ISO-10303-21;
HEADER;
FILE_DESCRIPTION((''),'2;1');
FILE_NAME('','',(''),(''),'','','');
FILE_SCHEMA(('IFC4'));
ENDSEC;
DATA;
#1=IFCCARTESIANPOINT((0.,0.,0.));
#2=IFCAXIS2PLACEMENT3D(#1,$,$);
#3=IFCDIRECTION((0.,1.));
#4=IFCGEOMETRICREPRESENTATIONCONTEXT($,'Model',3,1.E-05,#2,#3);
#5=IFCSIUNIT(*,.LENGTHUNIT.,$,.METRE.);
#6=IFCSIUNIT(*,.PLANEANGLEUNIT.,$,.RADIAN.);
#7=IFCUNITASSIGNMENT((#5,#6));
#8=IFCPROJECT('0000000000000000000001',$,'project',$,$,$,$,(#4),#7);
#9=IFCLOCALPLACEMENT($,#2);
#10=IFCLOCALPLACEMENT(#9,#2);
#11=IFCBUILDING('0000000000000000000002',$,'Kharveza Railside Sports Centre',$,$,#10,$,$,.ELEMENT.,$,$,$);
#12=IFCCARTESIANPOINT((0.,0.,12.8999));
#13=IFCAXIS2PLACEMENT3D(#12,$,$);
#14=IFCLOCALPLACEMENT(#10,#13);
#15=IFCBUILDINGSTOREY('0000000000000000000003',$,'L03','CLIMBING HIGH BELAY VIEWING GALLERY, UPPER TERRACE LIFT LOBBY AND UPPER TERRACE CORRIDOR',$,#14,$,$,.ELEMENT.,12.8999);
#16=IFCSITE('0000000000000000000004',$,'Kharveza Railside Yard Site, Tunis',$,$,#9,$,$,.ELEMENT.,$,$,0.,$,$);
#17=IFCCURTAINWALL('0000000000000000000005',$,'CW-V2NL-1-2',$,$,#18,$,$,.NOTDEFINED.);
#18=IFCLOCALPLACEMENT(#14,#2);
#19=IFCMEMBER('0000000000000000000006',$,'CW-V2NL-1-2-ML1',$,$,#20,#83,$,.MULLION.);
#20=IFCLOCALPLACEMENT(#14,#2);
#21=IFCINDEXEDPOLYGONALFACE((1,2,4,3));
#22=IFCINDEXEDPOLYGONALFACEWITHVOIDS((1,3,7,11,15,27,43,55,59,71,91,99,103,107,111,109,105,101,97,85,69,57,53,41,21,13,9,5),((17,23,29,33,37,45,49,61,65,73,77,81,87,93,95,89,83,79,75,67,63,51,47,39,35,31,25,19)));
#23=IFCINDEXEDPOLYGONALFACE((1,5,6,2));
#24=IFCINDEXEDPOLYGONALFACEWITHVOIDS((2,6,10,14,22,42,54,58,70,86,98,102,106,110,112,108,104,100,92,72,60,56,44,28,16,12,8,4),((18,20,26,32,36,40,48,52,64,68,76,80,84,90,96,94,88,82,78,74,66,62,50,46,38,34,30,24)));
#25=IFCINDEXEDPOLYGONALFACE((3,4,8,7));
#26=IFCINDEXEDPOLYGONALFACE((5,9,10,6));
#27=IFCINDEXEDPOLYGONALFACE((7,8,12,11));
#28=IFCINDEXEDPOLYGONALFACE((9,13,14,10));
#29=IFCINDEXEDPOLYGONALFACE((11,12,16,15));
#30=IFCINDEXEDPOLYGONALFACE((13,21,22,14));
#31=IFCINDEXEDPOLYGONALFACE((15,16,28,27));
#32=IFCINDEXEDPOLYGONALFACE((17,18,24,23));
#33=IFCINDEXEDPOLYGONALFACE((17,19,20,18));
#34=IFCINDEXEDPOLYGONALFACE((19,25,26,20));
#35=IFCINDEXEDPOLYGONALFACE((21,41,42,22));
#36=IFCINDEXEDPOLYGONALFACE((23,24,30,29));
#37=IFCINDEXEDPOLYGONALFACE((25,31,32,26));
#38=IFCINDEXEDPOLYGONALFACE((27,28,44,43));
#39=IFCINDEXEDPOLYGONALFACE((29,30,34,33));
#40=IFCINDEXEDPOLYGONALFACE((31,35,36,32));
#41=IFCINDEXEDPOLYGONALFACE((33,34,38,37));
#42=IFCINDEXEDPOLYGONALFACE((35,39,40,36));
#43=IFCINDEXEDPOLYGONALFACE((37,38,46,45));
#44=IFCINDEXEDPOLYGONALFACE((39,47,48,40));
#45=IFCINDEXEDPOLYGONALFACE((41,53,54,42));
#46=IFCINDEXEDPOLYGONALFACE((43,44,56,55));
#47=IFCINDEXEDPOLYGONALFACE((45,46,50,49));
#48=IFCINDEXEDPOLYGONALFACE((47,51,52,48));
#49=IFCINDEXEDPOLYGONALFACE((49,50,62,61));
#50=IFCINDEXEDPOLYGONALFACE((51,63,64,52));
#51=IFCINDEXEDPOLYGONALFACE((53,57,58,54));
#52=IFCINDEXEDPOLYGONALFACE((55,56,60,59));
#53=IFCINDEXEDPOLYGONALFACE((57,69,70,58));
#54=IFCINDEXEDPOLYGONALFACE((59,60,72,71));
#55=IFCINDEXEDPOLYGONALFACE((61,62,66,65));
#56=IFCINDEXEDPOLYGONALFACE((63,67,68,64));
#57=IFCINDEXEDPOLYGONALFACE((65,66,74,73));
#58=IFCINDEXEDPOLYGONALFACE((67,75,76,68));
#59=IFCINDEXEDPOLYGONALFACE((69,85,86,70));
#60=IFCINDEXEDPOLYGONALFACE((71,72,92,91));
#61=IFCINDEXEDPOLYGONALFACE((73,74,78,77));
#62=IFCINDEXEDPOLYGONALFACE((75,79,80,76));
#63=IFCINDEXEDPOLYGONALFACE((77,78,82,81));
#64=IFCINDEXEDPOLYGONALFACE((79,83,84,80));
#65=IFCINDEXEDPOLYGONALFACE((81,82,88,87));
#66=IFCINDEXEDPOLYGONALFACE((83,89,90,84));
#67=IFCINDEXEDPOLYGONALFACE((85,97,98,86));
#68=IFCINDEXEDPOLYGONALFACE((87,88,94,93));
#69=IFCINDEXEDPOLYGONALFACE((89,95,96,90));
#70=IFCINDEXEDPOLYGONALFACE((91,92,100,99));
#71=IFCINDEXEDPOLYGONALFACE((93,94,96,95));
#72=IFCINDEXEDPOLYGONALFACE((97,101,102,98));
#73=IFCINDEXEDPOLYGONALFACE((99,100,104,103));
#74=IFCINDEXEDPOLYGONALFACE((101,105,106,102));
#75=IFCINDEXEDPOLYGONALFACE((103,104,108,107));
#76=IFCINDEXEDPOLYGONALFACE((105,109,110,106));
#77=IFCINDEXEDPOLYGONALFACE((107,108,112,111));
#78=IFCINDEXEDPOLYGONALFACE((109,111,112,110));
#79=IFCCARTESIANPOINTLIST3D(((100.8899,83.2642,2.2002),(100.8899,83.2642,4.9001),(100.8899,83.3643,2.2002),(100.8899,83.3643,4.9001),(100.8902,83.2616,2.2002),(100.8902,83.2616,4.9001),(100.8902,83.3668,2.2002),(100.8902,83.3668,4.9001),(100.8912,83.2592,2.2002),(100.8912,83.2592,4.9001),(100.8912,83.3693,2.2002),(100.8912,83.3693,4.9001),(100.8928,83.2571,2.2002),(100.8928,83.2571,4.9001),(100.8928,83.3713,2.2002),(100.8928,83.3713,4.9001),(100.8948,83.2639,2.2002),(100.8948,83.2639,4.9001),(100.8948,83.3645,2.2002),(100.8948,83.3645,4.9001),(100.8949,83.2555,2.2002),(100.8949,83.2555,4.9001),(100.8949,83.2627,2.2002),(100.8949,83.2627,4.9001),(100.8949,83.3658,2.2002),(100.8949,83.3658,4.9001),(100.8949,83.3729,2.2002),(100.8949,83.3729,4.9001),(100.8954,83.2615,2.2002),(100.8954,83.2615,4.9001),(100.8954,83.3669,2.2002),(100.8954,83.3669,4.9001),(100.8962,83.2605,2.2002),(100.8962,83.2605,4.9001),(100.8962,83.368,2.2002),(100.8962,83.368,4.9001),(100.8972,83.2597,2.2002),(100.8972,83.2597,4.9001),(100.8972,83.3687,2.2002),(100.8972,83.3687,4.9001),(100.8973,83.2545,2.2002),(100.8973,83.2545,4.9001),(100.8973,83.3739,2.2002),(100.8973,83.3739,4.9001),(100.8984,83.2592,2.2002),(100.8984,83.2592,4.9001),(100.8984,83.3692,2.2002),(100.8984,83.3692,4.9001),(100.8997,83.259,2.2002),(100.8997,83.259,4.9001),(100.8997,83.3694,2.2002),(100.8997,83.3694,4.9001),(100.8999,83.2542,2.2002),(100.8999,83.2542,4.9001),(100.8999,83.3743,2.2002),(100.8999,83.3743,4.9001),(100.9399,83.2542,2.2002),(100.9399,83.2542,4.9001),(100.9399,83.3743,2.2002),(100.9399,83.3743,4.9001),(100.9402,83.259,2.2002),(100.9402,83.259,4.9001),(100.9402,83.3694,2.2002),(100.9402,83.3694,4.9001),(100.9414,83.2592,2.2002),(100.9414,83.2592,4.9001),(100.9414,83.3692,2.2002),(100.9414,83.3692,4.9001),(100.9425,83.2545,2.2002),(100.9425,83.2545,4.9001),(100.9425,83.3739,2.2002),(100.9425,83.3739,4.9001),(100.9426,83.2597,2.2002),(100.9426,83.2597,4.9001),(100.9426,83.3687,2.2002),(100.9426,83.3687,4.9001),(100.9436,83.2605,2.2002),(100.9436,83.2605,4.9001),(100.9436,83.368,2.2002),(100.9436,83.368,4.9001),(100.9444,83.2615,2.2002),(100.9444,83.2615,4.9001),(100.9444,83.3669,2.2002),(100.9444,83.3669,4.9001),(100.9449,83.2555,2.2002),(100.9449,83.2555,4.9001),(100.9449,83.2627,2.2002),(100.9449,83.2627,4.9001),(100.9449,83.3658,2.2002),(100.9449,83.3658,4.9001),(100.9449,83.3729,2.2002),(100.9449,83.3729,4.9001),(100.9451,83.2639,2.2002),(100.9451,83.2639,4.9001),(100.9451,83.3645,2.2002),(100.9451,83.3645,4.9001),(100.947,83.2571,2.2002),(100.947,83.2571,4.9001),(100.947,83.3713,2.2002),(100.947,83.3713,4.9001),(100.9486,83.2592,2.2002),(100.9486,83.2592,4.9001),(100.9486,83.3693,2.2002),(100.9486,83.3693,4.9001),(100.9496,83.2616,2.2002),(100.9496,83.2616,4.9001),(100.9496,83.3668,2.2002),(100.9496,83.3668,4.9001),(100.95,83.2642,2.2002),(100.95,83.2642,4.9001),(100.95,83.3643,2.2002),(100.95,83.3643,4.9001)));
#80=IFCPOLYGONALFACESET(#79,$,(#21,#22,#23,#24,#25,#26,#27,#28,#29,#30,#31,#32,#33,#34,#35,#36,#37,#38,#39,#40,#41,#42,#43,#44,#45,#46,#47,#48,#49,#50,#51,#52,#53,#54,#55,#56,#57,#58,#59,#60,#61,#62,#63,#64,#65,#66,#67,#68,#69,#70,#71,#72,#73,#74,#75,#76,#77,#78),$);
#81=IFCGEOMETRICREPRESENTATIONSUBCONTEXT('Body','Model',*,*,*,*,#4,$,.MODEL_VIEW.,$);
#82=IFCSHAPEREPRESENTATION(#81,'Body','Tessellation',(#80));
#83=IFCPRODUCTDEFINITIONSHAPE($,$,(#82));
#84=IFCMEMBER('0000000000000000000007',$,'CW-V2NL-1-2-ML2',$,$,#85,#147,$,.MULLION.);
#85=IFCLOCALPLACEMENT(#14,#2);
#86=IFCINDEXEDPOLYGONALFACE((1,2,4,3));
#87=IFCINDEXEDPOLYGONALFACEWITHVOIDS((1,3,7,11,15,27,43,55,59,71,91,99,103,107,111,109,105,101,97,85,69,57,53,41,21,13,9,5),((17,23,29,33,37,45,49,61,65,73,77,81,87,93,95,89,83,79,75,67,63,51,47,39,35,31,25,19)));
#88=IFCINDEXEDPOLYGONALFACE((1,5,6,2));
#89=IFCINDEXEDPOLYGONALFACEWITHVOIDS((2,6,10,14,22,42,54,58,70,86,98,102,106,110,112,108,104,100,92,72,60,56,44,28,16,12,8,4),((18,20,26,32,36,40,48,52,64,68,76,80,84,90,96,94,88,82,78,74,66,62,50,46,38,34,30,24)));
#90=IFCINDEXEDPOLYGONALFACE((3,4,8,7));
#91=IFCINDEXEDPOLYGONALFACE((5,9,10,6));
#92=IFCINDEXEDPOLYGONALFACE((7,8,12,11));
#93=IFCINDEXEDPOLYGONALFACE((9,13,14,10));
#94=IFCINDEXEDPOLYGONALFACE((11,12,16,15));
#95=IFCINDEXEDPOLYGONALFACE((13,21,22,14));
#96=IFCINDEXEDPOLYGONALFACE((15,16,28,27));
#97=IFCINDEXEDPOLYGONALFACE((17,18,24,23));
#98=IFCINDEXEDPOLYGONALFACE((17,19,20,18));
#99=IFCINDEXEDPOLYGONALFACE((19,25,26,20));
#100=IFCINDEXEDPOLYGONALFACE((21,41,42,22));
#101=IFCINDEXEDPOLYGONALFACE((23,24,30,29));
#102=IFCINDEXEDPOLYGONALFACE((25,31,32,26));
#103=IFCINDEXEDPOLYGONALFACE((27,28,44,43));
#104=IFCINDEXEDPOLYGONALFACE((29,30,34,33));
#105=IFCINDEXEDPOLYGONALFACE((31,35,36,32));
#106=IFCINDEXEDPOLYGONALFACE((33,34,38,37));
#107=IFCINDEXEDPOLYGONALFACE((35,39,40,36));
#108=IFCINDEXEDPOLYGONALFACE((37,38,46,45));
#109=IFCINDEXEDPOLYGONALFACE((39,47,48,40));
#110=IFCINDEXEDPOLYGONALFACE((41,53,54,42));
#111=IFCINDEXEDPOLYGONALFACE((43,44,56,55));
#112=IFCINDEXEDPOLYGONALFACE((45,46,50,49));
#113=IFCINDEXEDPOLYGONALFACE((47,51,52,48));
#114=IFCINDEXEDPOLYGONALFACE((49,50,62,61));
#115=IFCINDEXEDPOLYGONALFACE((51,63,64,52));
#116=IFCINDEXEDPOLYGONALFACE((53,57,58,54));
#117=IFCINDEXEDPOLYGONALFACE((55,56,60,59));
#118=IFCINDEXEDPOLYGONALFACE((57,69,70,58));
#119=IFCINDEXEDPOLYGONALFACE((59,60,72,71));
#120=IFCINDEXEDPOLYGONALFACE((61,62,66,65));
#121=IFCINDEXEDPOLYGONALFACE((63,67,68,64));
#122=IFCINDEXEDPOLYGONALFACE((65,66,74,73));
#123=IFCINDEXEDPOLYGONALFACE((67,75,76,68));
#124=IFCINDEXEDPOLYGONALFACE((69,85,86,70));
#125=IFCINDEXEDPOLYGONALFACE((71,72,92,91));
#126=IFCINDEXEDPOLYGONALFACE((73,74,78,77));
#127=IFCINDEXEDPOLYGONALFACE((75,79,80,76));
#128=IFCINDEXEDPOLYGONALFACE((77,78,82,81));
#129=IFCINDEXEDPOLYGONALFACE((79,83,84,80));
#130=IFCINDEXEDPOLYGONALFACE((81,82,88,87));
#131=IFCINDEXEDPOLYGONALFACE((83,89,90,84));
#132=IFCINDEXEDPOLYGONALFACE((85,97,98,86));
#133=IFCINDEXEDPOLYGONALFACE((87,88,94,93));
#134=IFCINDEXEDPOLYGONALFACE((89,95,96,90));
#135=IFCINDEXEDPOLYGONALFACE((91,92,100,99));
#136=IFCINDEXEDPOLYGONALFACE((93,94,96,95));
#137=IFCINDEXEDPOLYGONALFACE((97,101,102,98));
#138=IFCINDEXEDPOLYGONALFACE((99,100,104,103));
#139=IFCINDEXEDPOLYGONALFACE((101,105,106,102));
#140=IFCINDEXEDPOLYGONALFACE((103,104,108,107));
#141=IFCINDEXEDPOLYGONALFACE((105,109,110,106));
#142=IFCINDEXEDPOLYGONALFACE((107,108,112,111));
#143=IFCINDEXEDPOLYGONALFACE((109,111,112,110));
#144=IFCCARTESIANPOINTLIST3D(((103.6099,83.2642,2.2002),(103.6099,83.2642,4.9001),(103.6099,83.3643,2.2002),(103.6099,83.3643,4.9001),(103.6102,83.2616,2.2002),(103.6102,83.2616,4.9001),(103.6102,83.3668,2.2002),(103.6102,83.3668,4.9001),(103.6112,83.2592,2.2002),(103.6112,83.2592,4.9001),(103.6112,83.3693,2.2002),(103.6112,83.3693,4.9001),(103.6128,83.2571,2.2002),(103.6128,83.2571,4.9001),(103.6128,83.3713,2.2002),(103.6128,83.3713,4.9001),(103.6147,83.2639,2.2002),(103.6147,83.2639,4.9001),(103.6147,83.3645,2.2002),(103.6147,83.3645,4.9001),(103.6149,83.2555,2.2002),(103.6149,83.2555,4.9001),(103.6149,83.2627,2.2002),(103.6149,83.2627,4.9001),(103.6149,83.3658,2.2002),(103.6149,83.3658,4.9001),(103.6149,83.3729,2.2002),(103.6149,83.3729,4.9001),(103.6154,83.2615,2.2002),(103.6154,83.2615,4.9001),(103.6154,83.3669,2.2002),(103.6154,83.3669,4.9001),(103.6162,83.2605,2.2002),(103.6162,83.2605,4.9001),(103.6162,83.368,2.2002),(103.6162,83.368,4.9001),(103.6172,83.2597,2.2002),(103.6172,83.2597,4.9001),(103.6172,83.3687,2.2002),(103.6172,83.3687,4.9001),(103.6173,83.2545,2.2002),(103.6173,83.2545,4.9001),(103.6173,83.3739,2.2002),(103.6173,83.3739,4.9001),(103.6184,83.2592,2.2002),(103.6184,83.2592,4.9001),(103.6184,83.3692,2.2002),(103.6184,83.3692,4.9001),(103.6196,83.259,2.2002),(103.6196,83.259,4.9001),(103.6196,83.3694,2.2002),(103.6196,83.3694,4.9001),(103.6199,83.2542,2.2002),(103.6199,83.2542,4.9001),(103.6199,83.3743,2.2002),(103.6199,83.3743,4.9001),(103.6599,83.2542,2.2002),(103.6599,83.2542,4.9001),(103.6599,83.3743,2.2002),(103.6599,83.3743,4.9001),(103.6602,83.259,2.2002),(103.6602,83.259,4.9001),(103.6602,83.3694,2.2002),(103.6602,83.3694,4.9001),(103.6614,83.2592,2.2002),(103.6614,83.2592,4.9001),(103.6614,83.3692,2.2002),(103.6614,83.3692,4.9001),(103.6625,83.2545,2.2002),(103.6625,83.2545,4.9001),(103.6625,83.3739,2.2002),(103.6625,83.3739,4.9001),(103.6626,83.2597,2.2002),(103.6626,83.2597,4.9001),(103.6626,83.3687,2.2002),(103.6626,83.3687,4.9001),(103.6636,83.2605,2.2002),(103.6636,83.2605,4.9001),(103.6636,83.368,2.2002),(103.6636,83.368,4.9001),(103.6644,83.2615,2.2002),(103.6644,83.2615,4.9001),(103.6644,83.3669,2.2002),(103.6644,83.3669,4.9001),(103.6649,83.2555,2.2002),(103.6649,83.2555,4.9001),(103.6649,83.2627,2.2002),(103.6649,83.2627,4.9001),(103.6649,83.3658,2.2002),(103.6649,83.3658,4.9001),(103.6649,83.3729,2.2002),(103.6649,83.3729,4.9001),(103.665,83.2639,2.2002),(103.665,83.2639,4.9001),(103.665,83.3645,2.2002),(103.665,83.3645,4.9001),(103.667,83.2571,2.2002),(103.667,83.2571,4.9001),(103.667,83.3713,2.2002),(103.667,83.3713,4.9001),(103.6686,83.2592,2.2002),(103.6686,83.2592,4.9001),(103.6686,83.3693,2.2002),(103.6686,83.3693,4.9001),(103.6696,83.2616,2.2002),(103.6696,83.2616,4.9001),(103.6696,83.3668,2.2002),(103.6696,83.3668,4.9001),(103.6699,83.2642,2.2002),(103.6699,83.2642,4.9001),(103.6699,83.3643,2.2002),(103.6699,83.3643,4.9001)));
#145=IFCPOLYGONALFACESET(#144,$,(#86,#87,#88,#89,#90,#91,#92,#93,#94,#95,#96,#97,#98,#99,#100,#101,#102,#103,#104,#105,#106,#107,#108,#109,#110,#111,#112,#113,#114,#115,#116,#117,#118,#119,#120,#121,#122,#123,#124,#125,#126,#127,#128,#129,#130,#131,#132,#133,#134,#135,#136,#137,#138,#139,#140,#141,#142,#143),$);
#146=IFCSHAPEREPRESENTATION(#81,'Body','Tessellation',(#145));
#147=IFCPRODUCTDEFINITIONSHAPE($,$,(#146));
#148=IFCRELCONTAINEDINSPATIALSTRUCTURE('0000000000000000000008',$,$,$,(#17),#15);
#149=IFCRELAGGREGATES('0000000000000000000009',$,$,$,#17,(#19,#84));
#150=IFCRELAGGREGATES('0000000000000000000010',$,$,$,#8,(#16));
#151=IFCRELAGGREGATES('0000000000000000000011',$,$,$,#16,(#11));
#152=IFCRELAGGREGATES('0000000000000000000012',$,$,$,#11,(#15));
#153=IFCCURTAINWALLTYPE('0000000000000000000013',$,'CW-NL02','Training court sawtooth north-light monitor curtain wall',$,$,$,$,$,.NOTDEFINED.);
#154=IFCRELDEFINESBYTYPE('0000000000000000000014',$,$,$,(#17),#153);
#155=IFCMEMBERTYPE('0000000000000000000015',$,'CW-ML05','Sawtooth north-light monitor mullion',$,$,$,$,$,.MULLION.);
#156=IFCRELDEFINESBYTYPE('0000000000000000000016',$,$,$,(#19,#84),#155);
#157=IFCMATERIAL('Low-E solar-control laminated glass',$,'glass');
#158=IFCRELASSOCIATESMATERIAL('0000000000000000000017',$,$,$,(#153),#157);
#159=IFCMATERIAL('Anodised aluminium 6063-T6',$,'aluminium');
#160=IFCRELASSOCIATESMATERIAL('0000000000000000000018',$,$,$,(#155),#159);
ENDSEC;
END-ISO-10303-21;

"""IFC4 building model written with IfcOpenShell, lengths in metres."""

from ifc_helpers import new_model, si_unit, direction, frame, origin, origin_2d, place, context, subcontext, project, spatial, hollow_rectangle, extrude, material, material_profile, profile_set, type_object, element, aggregate, save


model = new_model("IFC4")

# Units and contexts
model_context = context("Model", 3, precision=1e-05, world=origin(), true_north=direction((0.0, 1.0)))
body_context = subcontext(model_context, "Body", "Model", "MODEL_VIEW")
ifc_project = project(units=[si_unit("LENGTHUNIT", "METRE"), si_unit("PLANEANGLEUNIT", "RADIAN")], contexts=[model_context])

# Site, building, storey
site_placement = place(None, origin())
site = spatial("IfcSite", under=ifc_project, at=site_placement, Name="Kharveza Railside Yard Site, Tunis", CompositionType="ELEMENT", RefElevation=0.0)
building_placement = place(site_placement, origin())
building = spatial("IfcBuilding", under=site, at=building_placement, Name="Kharveza Railside Sports Centre", CompositionType="ELEMENT")
storey_placement = place(building_placement, frame((0.0, 0.0, 12.8999)))
storey = spatial("IfcBuildingStorey", under=building, at=storey_placement, Name="L03", Description="CLIMBING HIGH BELAY VIEWING GALLERY, UPPER TERRACE LIFT LOBBY AND UPPER TERRACE CORRIDOR", CompositionType="ELEMENT", Elevation=12.8999)

# Shared definitions
ifc_material_1 = material(Name="Low-E solar-control laminated glass", Category="glass")
curtain_wall_type = type_object("IfcCurtainWallType", Name="CW-NL02", Description="Training court sawtooth north-light monitor curtain wall", PredefinedType="NOTDEFINED", material=ifc_material_1)
ifc_material_2 = material(Name="Anodised aluminium 6063-T6", Category="aluminium")
ifc_material_profile_1 = material_profile(ifc_material_2, hollow_rectangle(XDim=0.0601, YDim=0.1201, WallThickness=0.0049, InnerFilletRadius=0.0049, OuterFilletRadius=0.01, at=origin_2d()), Name="RHS 60x120x5.0")
ifc_profile_set_1 = profile_set([ifc_material_profile_1], Name="Anodised aluminium 6063-T6")
member_type_1 = type_object("IfcMemberType", Name="CW-ML05", Description="Sawtooth north-light monitor mullion", PredefinedType="MULLION", material=ifc_profile_set_1)

# Curtain wall, members
curtain_wall_1_placement = place(storey_placement, origin())
curtain_wall_1 = element("IfcCurtainWall", 1, at=curtain_wall_1_placement, inside=storey, type_object=curtain_wall_type, Name="CW-V2NL-1-2", PredefinedType="NOTDEFINED")
member_1_placement = place(storey_placement, frame((100.9199, 83.3142, 2.2002), z_axis=(0.0, 0.0, 1.0), x_axis=(1.0, 0.0, 0.0)))
member_1 = element("IfcMember", 2, at=member_1_placement, type_object=member_type_1, Name="CW-V2NL-1-2-ML1", PredefinedType="MULLION", context=body_context, shape_type="SweptSolid", body=[
    extrude(hollow_rectangle(XDim=0.0601, YDim=0.1201, WallThickness=0.0049, InnerFilletRadius=0.0049, OuterFilletRadius=0.01, at=origin_2d()), origin(), (0.0, 0.0, 1.0), 2.7),
])
member_2_placement = place(storey_placement, frame((103.6399, 83.3142, 2.2002), z_axis=(0.0, 0.0, 1.0), x_axis=(1.0, 0.0, 0.0)))
member_2 = element("IfcMember", 3, at=member_2_placement, type_object=member_type_1, Name="CW-V2NL-1-2-ML2", PredefinedType="MULLION", context=body_context, shape_type="SweptSolid", body=[
    extrude(hollow_rectangle(XDim=0.0601, YDim=0.1201, WallThickness=0.0049, InnerFilletRadius=0.0049, OuterFilletRadius=0.01, at=origin_2d()), origin(), (0.0, 0.0, 1.0), 2.7),
])

aggregate(curtain_wall_1, [member_1, member_2])

save(model, "model.ifc")
